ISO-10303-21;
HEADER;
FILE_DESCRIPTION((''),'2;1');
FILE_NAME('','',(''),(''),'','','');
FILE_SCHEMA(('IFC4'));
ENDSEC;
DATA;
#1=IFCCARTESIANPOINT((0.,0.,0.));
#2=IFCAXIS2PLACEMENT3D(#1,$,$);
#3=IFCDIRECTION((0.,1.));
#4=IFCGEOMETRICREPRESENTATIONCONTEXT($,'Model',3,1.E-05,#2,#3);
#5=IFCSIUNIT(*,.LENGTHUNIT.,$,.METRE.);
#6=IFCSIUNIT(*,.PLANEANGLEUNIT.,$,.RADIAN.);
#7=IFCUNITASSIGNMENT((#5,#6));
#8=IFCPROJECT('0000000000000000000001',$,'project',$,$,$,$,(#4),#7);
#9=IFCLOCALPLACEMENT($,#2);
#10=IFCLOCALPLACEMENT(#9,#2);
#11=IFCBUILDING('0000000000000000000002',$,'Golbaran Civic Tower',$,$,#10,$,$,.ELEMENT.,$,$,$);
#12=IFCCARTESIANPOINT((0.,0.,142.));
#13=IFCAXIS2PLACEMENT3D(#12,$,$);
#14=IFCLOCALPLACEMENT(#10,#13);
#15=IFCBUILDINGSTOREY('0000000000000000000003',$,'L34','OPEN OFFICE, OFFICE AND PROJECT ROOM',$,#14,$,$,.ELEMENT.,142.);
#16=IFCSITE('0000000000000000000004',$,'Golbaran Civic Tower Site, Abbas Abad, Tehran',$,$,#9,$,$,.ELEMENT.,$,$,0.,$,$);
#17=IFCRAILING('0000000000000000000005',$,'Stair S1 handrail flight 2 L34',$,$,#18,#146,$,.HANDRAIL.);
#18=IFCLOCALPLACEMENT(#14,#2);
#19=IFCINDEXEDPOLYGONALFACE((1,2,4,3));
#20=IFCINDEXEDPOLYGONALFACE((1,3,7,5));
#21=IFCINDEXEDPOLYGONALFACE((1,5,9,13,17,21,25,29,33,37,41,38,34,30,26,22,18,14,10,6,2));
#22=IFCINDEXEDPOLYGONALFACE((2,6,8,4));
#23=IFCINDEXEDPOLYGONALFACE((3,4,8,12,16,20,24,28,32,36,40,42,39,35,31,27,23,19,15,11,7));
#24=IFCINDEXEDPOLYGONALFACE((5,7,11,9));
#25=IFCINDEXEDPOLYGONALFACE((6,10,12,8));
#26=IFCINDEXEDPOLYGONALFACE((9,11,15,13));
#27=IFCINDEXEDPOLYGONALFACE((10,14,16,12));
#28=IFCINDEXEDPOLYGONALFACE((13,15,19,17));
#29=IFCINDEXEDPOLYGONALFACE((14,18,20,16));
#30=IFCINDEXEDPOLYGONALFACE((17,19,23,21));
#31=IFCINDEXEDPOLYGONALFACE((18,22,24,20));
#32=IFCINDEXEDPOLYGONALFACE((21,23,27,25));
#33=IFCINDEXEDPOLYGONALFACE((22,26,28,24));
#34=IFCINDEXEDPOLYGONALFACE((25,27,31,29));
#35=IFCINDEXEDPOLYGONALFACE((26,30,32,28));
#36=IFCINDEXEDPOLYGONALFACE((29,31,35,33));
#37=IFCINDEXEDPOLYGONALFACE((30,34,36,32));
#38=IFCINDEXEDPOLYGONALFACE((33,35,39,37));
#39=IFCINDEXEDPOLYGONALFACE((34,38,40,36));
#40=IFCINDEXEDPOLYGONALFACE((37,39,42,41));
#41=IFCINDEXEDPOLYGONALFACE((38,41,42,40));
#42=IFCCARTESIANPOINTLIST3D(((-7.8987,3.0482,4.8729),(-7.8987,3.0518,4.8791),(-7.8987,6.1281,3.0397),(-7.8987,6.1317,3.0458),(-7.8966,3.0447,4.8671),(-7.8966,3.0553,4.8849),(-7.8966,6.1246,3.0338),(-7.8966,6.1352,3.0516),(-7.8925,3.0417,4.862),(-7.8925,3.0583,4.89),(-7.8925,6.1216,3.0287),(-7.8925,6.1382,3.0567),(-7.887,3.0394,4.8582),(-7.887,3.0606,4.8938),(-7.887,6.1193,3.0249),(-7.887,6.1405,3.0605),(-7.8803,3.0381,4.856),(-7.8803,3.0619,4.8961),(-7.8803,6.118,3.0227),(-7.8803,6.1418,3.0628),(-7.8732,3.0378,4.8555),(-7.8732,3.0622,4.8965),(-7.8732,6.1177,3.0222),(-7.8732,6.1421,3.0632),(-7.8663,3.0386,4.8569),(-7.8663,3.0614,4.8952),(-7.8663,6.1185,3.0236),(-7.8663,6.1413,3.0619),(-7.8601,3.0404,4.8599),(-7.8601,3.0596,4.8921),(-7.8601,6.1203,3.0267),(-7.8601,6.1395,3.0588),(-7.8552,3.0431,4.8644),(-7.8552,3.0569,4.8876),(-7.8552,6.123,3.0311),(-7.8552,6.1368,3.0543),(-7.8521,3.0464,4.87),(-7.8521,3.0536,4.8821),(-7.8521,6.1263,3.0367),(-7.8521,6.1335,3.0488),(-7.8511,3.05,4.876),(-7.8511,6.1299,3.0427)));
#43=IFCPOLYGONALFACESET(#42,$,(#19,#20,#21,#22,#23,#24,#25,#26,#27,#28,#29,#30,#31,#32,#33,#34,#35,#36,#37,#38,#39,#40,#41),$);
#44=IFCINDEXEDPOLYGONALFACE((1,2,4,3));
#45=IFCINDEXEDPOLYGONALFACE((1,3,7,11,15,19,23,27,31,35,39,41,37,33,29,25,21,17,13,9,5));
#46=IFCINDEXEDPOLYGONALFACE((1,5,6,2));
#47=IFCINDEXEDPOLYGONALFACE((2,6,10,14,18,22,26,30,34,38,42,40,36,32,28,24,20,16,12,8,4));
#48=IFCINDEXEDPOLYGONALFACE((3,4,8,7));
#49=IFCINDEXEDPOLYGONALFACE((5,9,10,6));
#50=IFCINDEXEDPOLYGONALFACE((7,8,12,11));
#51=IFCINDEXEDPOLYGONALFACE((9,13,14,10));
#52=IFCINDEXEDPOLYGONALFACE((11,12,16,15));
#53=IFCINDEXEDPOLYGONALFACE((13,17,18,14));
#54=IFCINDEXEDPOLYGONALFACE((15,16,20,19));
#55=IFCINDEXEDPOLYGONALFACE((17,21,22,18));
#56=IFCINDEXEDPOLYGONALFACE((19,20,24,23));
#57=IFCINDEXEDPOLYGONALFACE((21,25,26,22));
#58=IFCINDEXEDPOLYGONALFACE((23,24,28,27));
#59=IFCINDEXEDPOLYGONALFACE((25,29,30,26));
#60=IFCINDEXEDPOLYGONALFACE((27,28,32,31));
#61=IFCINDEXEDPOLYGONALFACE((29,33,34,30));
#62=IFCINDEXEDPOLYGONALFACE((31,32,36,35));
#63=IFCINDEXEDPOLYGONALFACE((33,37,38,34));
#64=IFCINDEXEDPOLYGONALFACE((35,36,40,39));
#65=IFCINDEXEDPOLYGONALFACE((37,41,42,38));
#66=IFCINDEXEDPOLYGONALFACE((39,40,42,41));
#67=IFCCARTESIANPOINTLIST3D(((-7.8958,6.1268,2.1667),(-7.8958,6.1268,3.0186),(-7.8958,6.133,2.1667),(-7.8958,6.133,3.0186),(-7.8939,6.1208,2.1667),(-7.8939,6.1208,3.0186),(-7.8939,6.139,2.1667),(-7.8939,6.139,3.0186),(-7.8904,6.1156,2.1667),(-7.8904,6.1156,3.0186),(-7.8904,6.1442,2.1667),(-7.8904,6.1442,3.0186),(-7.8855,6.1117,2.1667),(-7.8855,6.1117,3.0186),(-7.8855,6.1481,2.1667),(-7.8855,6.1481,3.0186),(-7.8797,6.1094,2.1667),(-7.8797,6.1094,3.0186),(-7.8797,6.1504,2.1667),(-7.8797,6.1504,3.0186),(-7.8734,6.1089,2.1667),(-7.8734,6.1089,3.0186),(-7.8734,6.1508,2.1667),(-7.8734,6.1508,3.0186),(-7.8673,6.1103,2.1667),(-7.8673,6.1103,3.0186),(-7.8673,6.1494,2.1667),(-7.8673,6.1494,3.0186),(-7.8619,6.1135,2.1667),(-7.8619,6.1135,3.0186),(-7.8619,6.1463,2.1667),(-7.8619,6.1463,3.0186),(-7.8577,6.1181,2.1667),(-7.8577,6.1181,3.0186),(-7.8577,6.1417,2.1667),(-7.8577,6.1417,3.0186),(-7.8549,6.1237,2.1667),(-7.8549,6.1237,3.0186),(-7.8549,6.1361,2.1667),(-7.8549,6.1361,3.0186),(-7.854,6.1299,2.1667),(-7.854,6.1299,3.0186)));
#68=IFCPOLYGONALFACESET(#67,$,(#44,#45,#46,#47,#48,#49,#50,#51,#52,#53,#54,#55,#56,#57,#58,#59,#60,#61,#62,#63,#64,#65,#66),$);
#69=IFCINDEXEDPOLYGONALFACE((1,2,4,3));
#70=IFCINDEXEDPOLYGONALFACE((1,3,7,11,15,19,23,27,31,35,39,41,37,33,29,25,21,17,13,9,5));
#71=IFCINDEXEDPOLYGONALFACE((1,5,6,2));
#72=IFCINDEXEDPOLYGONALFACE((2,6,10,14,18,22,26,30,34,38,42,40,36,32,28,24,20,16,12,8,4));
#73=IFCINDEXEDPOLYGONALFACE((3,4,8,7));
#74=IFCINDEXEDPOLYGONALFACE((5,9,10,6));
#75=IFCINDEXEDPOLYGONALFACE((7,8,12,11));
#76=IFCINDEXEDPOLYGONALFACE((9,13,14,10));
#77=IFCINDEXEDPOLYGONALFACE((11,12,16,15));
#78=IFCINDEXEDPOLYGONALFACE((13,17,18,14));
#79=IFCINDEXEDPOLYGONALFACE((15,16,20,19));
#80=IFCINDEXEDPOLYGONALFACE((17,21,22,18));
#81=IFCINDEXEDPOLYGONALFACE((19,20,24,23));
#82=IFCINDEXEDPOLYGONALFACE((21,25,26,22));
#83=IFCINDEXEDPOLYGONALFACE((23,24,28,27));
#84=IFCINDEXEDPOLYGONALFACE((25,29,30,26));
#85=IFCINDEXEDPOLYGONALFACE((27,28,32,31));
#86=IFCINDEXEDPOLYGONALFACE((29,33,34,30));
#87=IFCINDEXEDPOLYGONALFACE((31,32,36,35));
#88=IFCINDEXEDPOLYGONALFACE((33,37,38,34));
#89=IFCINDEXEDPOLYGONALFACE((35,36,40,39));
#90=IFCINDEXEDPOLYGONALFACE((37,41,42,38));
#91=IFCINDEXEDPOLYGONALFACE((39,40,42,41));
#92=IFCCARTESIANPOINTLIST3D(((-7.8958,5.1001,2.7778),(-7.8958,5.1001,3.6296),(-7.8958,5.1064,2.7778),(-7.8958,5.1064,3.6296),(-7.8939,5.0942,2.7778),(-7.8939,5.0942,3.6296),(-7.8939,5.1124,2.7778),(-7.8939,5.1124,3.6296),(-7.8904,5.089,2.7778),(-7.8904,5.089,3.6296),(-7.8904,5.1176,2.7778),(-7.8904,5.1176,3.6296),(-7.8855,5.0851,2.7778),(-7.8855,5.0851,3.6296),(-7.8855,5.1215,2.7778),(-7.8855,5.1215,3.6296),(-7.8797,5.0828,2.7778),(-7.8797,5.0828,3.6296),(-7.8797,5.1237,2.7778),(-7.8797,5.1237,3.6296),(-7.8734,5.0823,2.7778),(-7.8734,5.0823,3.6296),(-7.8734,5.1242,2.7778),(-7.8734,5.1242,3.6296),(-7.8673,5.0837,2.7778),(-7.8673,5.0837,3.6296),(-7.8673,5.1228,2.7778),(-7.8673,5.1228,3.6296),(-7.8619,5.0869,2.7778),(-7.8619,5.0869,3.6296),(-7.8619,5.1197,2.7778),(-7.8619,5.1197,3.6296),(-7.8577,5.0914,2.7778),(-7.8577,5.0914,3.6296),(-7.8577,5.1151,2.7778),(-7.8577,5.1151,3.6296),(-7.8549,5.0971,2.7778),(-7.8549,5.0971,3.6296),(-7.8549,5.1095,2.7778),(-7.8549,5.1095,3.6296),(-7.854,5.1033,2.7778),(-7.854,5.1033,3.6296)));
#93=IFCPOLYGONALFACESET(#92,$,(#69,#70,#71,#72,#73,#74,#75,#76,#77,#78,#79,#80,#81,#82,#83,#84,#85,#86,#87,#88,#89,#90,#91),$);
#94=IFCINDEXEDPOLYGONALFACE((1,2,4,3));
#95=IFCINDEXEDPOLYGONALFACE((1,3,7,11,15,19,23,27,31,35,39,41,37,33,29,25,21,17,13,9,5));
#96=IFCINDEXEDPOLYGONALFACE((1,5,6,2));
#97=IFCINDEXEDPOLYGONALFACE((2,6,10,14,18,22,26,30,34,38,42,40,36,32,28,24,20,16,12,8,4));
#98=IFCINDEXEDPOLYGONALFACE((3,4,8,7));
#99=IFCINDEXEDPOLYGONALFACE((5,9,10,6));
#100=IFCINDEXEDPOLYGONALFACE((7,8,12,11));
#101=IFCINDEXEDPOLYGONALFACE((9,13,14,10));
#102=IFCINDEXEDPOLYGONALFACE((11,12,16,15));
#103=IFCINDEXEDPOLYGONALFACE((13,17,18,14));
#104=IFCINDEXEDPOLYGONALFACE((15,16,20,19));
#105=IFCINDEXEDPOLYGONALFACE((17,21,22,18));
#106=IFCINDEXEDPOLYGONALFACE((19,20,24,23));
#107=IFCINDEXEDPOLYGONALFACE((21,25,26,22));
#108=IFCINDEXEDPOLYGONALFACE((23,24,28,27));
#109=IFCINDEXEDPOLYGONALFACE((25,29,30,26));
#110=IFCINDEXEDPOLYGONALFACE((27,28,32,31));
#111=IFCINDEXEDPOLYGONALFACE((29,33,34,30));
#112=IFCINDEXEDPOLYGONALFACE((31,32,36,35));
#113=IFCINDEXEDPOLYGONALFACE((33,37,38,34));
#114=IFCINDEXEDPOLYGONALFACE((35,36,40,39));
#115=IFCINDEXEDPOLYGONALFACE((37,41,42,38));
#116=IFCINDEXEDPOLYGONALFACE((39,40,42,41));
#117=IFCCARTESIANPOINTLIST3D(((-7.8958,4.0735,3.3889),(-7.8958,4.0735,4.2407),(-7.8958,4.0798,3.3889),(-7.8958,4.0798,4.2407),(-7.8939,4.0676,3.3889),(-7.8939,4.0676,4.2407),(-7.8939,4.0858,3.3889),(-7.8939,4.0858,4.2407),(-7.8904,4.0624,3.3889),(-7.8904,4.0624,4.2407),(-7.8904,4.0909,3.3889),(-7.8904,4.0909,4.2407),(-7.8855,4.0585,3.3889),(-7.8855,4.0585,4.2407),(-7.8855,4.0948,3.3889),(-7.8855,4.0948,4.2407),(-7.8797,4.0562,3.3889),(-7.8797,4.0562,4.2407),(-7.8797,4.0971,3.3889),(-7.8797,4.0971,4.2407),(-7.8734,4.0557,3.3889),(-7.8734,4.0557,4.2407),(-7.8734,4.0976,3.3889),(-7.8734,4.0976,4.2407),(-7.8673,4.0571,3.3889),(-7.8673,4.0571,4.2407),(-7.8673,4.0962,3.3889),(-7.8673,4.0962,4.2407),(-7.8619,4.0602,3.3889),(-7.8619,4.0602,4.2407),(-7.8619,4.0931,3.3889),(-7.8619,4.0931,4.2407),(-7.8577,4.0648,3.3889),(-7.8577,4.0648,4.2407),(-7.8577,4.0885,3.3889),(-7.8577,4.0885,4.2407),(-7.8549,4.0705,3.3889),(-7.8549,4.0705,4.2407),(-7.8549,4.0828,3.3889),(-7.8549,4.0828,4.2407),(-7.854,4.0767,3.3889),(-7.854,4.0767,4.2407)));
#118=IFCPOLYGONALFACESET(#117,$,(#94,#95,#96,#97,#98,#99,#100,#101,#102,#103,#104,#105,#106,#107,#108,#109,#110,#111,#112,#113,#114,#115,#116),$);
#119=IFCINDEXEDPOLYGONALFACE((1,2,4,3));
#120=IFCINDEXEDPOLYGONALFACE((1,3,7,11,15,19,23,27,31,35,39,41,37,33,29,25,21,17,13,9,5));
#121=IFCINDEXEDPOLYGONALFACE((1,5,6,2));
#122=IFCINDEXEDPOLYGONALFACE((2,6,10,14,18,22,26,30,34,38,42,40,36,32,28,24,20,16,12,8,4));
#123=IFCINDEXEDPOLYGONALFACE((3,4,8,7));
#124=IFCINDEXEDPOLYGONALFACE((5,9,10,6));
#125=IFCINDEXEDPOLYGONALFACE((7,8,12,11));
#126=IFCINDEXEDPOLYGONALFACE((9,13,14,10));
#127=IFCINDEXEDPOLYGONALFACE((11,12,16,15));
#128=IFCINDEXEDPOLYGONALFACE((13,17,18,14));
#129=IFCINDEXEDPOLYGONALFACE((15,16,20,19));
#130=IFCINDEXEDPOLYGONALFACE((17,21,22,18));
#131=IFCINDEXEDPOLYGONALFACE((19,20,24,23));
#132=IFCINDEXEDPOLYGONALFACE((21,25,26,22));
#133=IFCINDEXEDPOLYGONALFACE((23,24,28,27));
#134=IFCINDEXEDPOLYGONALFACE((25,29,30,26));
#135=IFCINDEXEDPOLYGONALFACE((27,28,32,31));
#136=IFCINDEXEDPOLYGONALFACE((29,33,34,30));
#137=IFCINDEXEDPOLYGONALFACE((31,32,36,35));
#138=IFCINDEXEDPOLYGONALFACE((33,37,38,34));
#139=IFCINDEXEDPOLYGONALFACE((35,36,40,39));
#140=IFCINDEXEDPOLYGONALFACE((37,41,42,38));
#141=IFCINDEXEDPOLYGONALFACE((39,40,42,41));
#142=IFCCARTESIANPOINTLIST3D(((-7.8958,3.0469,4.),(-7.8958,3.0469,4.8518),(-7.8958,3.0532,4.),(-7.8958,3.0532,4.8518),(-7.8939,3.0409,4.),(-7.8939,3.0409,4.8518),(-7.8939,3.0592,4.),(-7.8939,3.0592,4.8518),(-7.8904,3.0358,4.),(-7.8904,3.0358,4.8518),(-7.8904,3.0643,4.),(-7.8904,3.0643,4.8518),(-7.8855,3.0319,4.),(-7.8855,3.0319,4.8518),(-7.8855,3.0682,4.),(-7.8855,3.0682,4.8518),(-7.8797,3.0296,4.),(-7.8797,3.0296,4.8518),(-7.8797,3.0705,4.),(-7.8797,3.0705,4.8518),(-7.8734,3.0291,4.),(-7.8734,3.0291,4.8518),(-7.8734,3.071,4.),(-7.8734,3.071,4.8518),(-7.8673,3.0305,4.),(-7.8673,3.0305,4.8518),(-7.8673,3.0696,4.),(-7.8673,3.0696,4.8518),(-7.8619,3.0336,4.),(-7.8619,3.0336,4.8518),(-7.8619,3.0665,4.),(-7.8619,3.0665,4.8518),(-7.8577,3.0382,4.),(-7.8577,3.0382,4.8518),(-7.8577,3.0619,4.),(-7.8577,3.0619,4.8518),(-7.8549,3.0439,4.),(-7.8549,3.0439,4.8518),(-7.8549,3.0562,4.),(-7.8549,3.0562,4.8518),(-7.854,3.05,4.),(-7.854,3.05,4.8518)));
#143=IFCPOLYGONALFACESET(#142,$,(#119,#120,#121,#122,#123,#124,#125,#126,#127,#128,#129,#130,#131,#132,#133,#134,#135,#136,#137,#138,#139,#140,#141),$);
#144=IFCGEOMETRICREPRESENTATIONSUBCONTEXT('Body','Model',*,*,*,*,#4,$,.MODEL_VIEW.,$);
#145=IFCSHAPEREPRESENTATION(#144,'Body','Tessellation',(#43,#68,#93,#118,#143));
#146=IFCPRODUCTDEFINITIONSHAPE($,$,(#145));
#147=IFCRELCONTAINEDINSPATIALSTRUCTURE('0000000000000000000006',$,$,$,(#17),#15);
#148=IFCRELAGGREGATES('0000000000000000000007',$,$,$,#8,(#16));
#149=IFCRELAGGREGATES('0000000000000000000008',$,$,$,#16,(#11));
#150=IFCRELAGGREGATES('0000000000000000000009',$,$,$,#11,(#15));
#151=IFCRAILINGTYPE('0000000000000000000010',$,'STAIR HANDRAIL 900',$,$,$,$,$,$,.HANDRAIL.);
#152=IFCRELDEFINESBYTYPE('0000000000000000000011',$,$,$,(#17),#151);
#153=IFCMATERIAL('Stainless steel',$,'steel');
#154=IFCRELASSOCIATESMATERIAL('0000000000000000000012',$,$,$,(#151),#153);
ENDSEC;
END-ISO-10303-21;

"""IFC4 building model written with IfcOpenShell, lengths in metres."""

from ifc_helpers import new_model, si_unit, direction, frame, origin, origin_2d, place, context, subcontext, project, spatial, circle, extrude, material, type_object, element, save


model = new_model("IFC4")

# Units and contexts
model_context = context("Model", 3, precision=1e-05, world=origin(), true_north=direction((0.0, 1.0)))
body_context = subcontext(model_context, "Body", "Model", "MODEL_VIEW")
ifc_project = project(units=[si_unit("LENGTHUNIT", "METRE"), si_unit("PLANEANGLEUNIT", "RADIAN")], contexts=[model_context])

# Site, building, storey
site_placement = place(None, origin())
site = spatial("IfcSite", under=ifc_project, at=site_placement, Name="Golbaran Civic Tower Site, Abbas Abad, Tehran", CompositionType="ELEMENT", RefElevation=0.0)
building_placement = place(site_placement, origin())
building = spatial("IfcBuilding", under=site, at=building_placement, Name="Golbaran Civic Tower", CompositionType="ELEMENT")
storey_placement = place(building_placement, frame((0.0, 0.0, 142.0)))
storey = spatial("IfcBuildingStorey", under=building, at=storey_placement, Name="L34", Description="OPEN OFFICE, OFFICE AND PROJECT ROOM", CompositionType="ELEMENT", Elevation=142.0)

# Shared definitions
ifc_material_1 = material(Name="Stainless steel", Category="steel")

# Railing
railing_type = type_object("IfcRailingType", Name="STAIR HANDRAIL 900", PredefinedType="HANDRAIL", material=ifc_material_1)
railing_1_placement = place(storey_placement, frame((-7.875, 6.1299, 2.1667)))
element("IfcRailing", 1, at=railing_1_placement, inside=storey, type_object=railing_type, Name="Stair S1 handrail flight 2 L34", PredefinedType="HANDRAIL", context=body_context, shape_type="SweptSolid", body=[
    extrude(circle(Radius=0.0239, at=origin_2d()), frame((0.0, 0.0, 0.876), z_axis=(0.0, -0.859291, 0.511487), x_axis=(1.0, 0.0, 0.0)), (0.0, 0.0, 1.0), 3.5842),
    extrude(circle(Radius=0.021, at=origin_2d()), origin(), (0.0, 0.0, 1.0), 0.8518),
    extrude(circle(Radius=0.021, at=origin_2d()), frame((0.0, -1.0266, 0.6111)), (0.0, 0.0, 1.0), 0.8518),
    extrude(circle(Radius=0.021, at=origin_2d()), frame((0.0, -2.0532, 1.2222)), (0.0, 0.0, 1.0), 0.8518),
    extrude(circle(Radius=0.021, at=origin_2d()), frame((0.0, -3.0798, 1.8333)), (0.0, 0.0, 1.0), 0.8518),
])

save(model, "model.ifc")
